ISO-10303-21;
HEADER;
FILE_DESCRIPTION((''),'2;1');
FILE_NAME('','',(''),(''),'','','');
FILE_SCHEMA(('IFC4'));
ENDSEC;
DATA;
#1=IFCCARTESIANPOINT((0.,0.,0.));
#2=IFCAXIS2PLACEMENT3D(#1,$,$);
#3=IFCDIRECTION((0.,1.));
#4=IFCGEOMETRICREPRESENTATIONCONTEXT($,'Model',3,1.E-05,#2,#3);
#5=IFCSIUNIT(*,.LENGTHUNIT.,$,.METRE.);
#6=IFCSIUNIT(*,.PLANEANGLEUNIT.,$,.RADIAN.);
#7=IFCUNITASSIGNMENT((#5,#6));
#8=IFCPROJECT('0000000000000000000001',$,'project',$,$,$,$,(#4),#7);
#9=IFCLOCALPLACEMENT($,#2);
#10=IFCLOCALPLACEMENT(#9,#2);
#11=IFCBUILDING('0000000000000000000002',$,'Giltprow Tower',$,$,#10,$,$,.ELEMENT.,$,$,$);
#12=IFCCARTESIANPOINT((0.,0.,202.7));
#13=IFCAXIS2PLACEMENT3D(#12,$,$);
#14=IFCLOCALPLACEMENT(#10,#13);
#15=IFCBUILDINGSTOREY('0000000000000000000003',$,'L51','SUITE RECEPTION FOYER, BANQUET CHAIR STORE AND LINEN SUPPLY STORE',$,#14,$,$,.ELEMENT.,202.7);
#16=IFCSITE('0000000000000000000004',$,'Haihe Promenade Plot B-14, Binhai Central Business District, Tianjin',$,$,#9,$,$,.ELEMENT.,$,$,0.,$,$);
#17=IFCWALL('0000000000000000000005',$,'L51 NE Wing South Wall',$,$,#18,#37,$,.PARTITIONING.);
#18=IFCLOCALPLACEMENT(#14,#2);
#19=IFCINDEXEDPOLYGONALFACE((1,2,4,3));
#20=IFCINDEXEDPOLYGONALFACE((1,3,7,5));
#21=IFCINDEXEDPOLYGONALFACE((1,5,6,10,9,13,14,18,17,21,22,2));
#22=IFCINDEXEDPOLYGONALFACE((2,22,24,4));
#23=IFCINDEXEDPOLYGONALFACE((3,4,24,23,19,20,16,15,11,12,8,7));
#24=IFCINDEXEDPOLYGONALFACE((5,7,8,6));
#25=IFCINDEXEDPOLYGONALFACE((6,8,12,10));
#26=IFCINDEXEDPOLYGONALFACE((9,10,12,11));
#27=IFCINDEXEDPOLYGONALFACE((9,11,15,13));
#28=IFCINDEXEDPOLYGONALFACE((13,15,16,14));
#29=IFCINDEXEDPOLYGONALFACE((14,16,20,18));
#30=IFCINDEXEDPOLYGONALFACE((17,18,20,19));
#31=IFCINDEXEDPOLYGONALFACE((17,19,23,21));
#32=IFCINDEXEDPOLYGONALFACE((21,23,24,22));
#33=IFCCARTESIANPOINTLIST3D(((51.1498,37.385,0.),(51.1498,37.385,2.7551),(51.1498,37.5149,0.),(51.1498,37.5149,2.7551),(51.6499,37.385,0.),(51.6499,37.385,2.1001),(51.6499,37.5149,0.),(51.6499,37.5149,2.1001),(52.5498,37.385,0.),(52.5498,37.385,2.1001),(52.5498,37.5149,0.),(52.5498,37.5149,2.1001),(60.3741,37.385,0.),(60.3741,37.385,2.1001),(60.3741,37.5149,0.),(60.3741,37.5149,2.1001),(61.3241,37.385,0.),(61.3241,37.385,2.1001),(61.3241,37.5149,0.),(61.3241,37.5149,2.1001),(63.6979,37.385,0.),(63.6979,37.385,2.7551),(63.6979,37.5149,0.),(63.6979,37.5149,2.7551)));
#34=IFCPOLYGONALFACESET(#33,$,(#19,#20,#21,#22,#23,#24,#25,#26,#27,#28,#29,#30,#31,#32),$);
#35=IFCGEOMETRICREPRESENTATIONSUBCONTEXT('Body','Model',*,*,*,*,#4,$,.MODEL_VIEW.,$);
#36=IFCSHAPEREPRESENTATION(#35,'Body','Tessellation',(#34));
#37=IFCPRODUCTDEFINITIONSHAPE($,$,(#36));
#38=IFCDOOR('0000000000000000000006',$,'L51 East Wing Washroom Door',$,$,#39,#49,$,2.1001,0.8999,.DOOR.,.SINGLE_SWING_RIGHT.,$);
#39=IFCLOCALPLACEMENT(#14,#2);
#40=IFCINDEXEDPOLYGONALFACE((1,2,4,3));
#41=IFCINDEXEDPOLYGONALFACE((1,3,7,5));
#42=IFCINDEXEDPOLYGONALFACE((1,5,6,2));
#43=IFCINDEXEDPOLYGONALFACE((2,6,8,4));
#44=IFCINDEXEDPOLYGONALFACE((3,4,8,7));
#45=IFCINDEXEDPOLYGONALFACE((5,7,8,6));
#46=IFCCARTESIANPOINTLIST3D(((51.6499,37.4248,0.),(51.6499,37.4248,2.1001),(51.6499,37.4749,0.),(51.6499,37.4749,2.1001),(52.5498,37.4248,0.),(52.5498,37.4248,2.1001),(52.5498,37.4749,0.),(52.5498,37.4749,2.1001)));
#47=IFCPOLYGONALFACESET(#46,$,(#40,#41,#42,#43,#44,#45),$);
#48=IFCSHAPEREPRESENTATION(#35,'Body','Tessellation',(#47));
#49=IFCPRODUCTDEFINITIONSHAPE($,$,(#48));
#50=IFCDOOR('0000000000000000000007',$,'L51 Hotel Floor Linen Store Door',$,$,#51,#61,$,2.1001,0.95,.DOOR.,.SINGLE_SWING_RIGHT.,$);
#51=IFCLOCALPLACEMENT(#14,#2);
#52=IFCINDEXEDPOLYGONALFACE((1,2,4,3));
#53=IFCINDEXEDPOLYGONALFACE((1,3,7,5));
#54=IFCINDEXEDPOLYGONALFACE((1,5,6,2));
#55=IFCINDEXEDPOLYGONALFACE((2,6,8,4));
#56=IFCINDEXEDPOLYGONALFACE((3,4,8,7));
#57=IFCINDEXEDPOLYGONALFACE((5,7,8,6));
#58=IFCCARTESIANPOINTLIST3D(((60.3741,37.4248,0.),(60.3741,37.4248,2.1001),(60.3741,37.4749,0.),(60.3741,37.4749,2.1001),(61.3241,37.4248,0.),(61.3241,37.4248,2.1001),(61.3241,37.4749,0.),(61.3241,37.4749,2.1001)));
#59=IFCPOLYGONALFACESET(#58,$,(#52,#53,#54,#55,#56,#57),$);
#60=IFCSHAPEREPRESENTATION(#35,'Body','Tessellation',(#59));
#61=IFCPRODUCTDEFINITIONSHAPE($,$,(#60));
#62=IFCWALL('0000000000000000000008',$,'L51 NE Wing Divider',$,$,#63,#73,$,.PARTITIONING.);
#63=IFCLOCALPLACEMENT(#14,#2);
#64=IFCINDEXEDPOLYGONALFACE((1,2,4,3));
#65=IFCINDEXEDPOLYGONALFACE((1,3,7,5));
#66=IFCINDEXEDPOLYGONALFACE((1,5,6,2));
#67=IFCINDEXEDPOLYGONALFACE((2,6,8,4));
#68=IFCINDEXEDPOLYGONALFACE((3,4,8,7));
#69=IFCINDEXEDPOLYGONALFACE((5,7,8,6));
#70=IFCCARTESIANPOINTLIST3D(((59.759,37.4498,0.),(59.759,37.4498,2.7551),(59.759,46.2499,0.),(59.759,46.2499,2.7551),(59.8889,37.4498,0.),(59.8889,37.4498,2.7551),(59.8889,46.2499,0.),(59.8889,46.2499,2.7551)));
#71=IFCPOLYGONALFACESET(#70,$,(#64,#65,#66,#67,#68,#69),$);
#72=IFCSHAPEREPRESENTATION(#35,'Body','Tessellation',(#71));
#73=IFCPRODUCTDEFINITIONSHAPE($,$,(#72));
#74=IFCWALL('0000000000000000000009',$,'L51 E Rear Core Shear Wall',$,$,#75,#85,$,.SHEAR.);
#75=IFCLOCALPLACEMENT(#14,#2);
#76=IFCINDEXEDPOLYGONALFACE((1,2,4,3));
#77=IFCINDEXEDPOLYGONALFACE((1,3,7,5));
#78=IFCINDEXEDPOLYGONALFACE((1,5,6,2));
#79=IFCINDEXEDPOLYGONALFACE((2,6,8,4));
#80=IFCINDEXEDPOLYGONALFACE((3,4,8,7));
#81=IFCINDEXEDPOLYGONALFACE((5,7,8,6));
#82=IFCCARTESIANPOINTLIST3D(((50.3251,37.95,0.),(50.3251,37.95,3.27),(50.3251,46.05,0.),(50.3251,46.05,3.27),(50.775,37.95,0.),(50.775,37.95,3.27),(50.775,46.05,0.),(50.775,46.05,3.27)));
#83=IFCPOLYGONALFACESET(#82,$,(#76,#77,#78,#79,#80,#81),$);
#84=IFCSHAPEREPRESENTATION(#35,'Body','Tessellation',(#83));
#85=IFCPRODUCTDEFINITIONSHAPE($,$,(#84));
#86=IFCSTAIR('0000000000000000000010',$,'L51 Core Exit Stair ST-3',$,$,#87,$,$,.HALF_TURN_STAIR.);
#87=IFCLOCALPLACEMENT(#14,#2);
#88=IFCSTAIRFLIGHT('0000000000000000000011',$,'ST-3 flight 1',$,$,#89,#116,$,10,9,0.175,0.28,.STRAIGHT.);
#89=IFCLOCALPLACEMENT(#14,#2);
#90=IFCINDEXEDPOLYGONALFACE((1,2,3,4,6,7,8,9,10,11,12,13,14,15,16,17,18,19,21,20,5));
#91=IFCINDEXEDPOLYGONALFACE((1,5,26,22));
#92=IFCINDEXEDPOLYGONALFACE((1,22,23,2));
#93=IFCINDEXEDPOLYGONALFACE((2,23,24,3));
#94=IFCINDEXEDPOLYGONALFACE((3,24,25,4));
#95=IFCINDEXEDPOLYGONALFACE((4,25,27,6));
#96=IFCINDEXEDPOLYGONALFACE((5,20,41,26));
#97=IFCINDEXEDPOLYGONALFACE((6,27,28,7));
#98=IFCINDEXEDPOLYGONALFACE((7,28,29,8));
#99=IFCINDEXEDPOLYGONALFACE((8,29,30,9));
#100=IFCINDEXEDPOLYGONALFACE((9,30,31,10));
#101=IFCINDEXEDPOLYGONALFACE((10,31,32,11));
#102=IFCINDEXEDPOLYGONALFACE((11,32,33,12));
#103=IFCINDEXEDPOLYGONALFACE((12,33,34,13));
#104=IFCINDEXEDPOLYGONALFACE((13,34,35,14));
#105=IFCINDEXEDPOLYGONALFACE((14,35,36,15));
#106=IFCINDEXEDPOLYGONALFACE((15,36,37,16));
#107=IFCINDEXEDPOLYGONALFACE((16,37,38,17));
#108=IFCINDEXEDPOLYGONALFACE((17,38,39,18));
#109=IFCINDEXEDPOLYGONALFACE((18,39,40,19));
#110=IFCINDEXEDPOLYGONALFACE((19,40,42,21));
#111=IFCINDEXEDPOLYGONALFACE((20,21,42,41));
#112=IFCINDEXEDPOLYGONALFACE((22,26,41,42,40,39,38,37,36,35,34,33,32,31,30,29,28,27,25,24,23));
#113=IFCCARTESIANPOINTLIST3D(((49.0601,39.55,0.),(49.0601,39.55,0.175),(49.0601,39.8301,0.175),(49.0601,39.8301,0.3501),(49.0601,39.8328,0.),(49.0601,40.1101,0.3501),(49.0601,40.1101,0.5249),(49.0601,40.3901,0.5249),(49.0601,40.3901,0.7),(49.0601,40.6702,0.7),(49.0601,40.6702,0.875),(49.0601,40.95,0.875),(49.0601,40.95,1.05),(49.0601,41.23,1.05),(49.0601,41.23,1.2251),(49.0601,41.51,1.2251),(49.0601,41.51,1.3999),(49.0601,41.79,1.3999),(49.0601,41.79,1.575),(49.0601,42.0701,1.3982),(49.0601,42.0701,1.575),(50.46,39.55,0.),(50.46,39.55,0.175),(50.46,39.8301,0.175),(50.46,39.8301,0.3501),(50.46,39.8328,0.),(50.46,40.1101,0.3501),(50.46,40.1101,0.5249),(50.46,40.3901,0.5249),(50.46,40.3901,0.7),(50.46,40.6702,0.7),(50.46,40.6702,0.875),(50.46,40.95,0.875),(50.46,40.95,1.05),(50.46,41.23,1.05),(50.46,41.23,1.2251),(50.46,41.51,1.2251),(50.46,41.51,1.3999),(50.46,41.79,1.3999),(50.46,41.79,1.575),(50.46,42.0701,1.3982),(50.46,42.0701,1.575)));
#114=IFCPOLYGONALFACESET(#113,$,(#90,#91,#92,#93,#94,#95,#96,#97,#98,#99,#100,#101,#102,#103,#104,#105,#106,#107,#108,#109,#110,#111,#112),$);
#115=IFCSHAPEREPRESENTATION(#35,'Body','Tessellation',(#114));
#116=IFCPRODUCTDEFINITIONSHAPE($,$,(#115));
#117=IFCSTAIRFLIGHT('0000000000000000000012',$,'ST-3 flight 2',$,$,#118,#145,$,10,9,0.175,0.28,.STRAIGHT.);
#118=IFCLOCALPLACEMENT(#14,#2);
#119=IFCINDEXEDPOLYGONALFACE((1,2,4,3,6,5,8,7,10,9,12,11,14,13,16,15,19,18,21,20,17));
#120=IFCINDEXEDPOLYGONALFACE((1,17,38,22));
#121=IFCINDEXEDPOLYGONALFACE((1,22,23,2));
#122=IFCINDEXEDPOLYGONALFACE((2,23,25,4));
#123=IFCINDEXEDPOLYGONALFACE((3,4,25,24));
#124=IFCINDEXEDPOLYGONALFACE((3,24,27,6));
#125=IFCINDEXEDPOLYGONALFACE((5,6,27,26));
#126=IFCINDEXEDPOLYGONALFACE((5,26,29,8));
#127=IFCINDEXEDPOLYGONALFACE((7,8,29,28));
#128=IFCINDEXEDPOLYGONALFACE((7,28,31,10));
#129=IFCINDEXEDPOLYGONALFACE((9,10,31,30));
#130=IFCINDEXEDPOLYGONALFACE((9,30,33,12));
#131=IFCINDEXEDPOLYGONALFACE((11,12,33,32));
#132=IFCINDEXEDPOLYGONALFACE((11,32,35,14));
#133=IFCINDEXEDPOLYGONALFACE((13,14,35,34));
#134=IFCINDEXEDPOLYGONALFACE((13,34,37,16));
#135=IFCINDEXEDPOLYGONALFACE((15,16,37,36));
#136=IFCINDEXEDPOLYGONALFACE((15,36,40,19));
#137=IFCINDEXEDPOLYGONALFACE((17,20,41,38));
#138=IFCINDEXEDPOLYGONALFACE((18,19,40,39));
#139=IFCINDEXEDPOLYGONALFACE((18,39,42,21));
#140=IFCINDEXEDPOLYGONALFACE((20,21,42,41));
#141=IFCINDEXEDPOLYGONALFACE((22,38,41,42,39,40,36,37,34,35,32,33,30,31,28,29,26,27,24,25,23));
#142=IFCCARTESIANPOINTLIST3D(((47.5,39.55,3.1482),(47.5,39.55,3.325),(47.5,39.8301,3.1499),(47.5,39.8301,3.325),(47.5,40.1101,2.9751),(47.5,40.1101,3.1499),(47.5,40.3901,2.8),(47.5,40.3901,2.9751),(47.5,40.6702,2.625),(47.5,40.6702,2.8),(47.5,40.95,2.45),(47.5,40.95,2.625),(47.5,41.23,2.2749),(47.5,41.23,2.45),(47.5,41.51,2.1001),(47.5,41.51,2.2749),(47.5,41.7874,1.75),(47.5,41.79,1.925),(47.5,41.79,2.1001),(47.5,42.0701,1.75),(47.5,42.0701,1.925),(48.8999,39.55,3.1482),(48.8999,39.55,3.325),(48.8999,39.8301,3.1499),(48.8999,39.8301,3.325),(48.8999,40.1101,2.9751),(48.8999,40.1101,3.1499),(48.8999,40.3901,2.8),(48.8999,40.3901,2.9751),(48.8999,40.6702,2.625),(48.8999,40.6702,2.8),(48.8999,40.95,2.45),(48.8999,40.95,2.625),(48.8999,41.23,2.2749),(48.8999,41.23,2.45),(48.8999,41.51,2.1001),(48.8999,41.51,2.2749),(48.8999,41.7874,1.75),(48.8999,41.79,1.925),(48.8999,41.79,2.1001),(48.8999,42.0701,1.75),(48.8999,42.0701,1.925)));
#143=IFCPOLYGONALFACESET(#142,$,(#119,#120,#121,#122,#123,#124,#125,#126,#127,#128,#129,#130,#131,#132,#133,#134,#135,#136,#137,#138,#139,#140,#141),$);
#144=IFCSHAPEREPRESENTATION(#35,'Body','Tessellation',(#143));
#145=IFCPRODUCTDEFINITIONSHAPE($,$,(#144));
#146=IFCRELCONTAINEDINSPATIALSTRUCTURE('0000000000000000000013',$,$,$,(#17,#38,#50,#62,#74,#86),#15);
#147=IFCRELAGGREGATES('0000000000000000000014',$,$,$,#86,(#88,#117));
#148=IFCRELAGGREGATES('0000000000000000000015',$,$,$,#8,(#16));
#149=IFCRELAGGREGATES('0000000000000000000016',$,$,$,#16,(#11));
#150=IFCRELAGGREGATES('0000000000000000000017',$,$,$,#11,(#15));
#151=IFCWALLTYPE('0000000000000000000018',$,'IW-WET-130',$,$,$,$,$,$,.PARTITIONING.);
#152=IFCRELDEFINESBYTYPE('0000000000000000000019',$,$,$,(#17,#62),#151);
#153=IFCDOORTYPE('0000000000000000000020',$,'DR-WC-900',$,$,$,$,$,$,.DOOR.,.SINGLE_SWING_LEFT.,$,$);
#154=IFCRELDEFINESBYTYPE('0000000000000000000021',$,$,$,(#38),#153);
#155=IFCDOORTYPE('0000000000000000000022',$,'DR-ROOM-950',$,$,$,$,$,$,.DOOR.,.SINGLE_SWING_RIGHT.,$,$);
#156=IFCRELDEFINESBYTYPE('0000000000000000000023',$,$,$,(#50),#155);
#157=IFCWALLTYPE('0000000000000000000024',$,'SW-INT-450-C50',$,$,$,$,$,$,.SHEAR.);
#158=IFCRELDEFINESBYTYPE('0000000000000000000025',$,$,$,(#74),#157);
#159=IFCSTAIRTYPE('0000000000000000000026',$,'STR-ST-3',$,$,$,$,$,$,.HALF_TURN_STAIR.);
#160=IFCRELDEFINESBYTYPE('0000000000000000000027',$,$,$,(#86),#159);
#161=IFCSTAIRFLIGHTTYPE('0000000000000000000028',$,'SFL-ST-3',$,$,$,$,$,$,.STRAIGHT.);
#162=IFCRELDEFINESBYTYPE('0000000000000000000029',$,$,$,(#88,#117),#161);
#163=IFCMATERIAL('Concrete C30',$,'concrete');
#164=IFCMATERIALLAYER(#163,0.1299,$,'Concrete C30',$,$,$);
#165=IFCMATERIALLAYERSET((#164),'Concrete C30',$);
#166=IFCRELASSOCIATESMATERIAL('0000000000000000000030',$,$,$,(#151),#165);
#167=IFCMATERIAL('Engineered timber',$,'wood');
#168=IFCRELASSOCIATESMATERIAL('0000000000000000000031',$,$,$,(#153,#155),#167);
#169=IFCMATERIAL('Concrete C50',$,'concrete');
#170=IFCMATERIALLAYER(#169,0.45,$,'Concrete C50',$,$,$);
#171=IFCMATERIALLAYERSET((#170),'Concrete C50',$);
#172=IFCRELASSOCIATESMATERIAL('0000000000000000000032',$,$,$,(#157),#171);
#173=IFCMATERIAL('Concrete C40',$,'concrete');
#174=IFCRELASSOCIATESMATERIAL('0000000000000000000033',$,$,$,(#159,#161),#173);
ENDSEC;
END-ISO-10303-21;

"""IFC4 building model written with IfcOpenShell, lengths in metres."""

from ifc_helpers import new_model, si_unit, direction, frame, frame_2d, origin, place, context, subcontext, project, spatial, polyline, rectangle, outline, extrude, source, transform, mapped, material, layer, layer_set, type_object, element, fill, aggregate, save


model = new_model("IFC4")

# Units and contexts
model_context = context("Model", 3, precision=1e-05, world=origin(), true_north=direction((0.0, 1.0)))
body_context = subcontext(model_context, "Body", "Model", "MODEL_VIEW")
ifc_project = project(units=[si_unit("LENGTHUNIT", "METRE"), si_unit("PLANEANGLEUNIT", "RADIAN")], contexts=[model_context])

# Site, building, storey
site_placement = place(None, origin())
site = spatial("IfcSite", under=ifc_project, at=site_placement, Name="Haihe Promenade Plot B-14, Binhai Central Business District, Tianjin", CompositionType="ELEMENT", RefElevation=0.0)
building_placement = place(site_placement, origin())
building = spatial("IfcBuilding", under=site, at=building_placement, Name="Giltprow Tower", CompositionType="ELEMENT")
storey_placement = place(building_placement, frame((0.0, 0.0, 202.7)))
storey = spatial("IfcBuildingStorey", under=building, at=storey_placement, Name="L51", Description="SUITE RECEPTION FOYER, BANQUET CHAIR STORE AND LINEN SUPPLY STORE", CompositionType="ELEMENT", Elevation=202.7)

# Shared definitions
ifc_material_1 = material(Name="Concrete C50", Category="concrete")

# Wall, openings, doors
ifc_material_2 = material(Name="Concrete C30", Category="concrete")
ifc_layer_1 = layer(ifc_material_2, 0.1299, Name="Concrete C30")
ifc_layer_set_1 = layer_set([ifc_layer_1], Name="Concrete C30")
wall_type_1 = type_object("IfcWallType", Name="IW-WET-130", PredefinedType="PARTITIONING", material=ifc_layer_set_1)
wall_1_placement = place(storey_placement, frame((51.1499, 37.45, 0.0), z_axis=(0.0, 0.0, 1.0), x_axis=(1.0, 0.0, 0.0)))
wall_1 = element("IfcWall", 1, at=wall_1_placement, inside=storey, type_object=wall_type_1, Name="L51 NE Wing South Wall", PredefinedType="PARTITIONING", context=body_context, shape_type="SweptSolid", body=[
    extrude(rectangle(XDim=12.5481, YDim=0.1299, at=frame_2d((6.2739, 0.0))), origin(), (0.0, 0.0, 1.0), 2.7551),
])
opening_1_placement = place(wall_1_placement, frame((0.5, 0.0, 0.0)))
opening_1 = element("IfcOpeningElement", 2, at=opening_1_placement, cuts=wall_1, PredefinedType="OPENING", context=body_context, shape_type="SweptSolid", body=[
    extrude(rectangle(XDim=0.8999, YDim=2.1001, at=frame_2d((0.45, 1.05))), frame((0.0, 0.075, 0.0), z_axis=(0.0, -1.0, 0.0), x_axis=(1.0, 0.0, 0.0)), (0.0, 0.0, 1.0), 0.1499),
])
opening_2_placement = place(wall_1_placement, frame((9.2241, 0.0, 0.0)))
opening_2 = element("IfcOpeningElement", 3, at=opening_2_placement, cuts=wall_1, PredefinedType="OPENING", context=body_context, shape_type="SweptSolid", body=[
    extrude(rectangle(XDim=0.95, YDim=2.1001, at=frame_2d((0.4751, 1.05))), frame((0.0, 0.075, 0.0), z_axis=(0.0, -1.0, 0.0), x_axis=(1.0, 0.0, 0.0)), (0.0, 0.0, 1.0), 0.1499),
])
ifc_material_3 = material(Name="Engineered timber", Category="wood")
door_type_1 = type_object("IfcDoorType", Name="DR-WC-900", OperationType="SINGLE_SWING_LEFT", PredefinedType="DOOR", material=ifc_material_3)
shared_shape_1 = source(origin(), body_context, "Body", "SweptSolid", [
    extrude(rectangle(XDim=0.8999, YDim=2.1001, at=frame_2d((0.45, 1.05))), frame((0.0, 0.0249, 0.0), z_axis=(0.0, -1.0, 0.0), x_axis=(1.0, 0.0, 0.0)), (0.0, 0.0, 1.0), 0.05),
])
door_1_placement = place(opening_1_placement, origin())
door_1 = element("IfcDoor", 4, at=door_1_placement, inside=storey, type_object=door_type_1, Name="L51 East Wing Washroom Door", OperationType="SINGLE_SWING_RIGHT", OverallHeight=2.1001, OverallWidth=0.8999, PredefinedType="DOOR", context=body_context, shape_type="MappedRepresentation", body=[
    mapped(shared_shape_1, transform((0.0, 0.0, 0.0), x_axis=(1.0, 0.0, 0.0), y_axis=(0.0, 1.0, 0.0), z_axis=(0.0, 0.0, 1.0), scale=1.0)),
])
fill(opening_1, door_1)
door_type_2 = type_object("IfcDoorType", Name="DR-ROOM-950", OperationType="SINGLE_SWING_RIGHT", PredefinedType="DOOR", material=ifc_material_3)
shared_shape_2 = source(origin(), body_context, "Body", "SweptSolid", [
    extrude(rectangle(XDim=0.95, YDim=2.1001, at=frame_2d((0.4751, 1.05))), frame((0.0, 0.0249, 0.0), z_axis=(0.0, -1.0, 0.0), x_axis=(1.0, 0.0, 0.0)), (0.0, 0.0, 1.0), 0.05),
])
door_2_placement = place(opening_2_placement, origin())
door_2 = element("IfcDoor", 5, at=door_2_placement, inside=storey, type_object=door_type_2, Name="L51 Hotel Floor Linen Store Door", OperationType="SINGLE_SWING_RIGHT", OverallHeight=2.1001, OverallWidth=0.95, PredefinedType="DOOR", context=body_context, shape_type="MappedRepresentation", body=[
    mapped(shared_shape_2, transform((0.0, 0.0, 0.0), x_axis=(1.0, 0.0, 0.0), y_axis=(0.0, 1.0, 0.0), z_axis=(0.0, 0.0, 1.0), scale=1.0)),
])
fill(opening_2, door_2)

# Walls
wall_2_placement = place(storey_placement, frame((59.824, 37.45, 0.0), z_axis=(0.0, 0.0, 1.0), x_axis=(0.0, 1.0, 0.0)))
element("IfcWall", 6, at=wall_2_placement, inside=storey, type_object=wall_type_1, Name="L51 NE Wing Divider", PredefinedType="PARTITIONING", context=body_context, shape_type="SweptSolid", body=[
    extrude(rectangle(XDim=8.8, YDim=0.1299, at=frame_2d((4.3999, 0.0))), origin(), (0.0, 0.0, 1.0), 2.7551),
])
ifc_layer_2 = layer(ifc_material_1, 0.45, Name="Concrete C50")
ifc_layer_set_2 = layer_set([ifc_layer_2], Name="Concrete C50")
wall_type_2 = type_object("IfcWallType", Name="SW-INT-450-C50", PredefinedType="SHEAR", material=ifc_layer_set_2)
wall_3_placement = place(storey_placement, frame((50.55, 37.95, 0.0), z_axis=(0.0, 0.0, 1.0), x_axis=(0.0, 1.0, 0.0)))
element("IfcWall", 7, at=wall_3_placement, inside=storey, type_object=wall_type_2, Name="L51 E Rear Core Shear Wall", PredefinedType="SHEAR", context=body_context, shape_type="SweptSolid", body=[
    extrude(rectangle(XDim=8.1001, YDim=0.45, at=frame_2d((4.05, 0.0))), origin(), (0.0, 0.0, 1.0), 3.27),
])

# Stair, stair flights
ifc_material_4 = material(Name="Concrete C40", Category="concrete")
stair_type = type_object("IfcStairType", Name="STR-ST-3", PredefinedType="HALF_TURN_STAIR", material=ifc_material_4)
stair_placement = place(storey_placement, origin())
stair = element("IfcStair", 8, at=stair_placement, inside=storey, type_object=stair_type, Name="L51 Core Exit Stair ST-3", PredefinedType="HALF_TURN_STAIR")
stair_flight_type = type_object("IfcStairFlightType", Name="SFL-ST-3", PredefinedType="STRAIGHT", material=ifc_material_4)
stair_flight_1_placement = place(storey_placement, frame((49.76, 39.55, 0.0), z_axis=(0.0, 0.0, 1.0), x_axis=(0.0, 1.0, 0.0)))
stair_flight_1 = element("IfcStairFlight", 9, at=stair_flight_1_placement, type_object=stair_flight_type, Name="ST-3 flight 1", NumberOfRisers=10, NumberOfTreads=9, PredefinedType="STRAIGHT", RiserHeight=0.175, TreadLength=0.28, context=body_context, shape_type="SweptSolid", body=[
    extrude(outline(polyline([(0.0, 0.0), (0.0, 0.175), (0.28, 0.175), (0.28, 0.3501), (0.5601, 0.3501), (0.5601, 0.5249), (0.8401, 0.5249), (0.8401, 0.7), (1.1201, 0.7), (1.1201, 0.875), (1.3999, 0.875), (1.3999, 1.05), (1.6799, 1.05), (1.6799, 1.2251), (1.96, 1.2251), (1.96, 1.3999), (2.24, 1.3999), (2.24, 1.575), (2.52, 1.575), (2.52, 1.75), (2.52, 1.3982), (0.2827, 0.0), (0.0, 0.0)])), frame((0.0, 0.7, 0.0), z_axis=(0.0, -1.0, 0.0), x_axis=(1.0, 0.0, 0.0)), (0.0, 0.0, 1.0), 1.3999),
])
stair_flight_2_placement = place(storey_placement, frame((48.2, 42.0701, 1.75), z_axis=(0.0, 0.0, 1.0), x_axis=(0.0, -1.0, 0.0)))
stair_flight_2 = element("IfcStairFlight", 10, at=stair_flight_2_placement, type_object=stair_flight_type, Name="ST-3 flight 2", NumberOfRisers=10, NumberOfTreads=9, PredefinedType="STRAIGHT", RiserHeight=0.175, TreadLength=0.28, context=body_context, shape_type="SweptSolid", body=[
    extrude(outline(polyline([(0.0, 0.0), (0.0, 0.175), (0.28, 0.175), (0.28, 0.3501), (0.5601, 0.3501), (0.5601, 0.5249), (0.8401, 0.5249), (0.8401, 0.7), (1.1201, 0.7), (1.1201, 0.875), (1.3999, 0.875), (1.3999, 1.05), (1.6799, 1.05), (1.6799, 1.2251), (1.96, 1.2251), (1.96, 1.3999), (2.24, 1.3999), (2.24, 1.575), (2.52, 1.575), (2.52, 1.75), (2.52, 1.3982), (0.2827, 0.0), (0.0, 0.0)])), frame((0.0, 0.7, 0.0), z_axis=(0.0, -1.0, 0.0), x_axis=(1.0, 0.0, 0.0)), (0.0, 0.0, 1.0), 1.3999),
])
aggregate(stair, [stair_flight_1, stair_flight_2])

save(model, "model.ifc")
